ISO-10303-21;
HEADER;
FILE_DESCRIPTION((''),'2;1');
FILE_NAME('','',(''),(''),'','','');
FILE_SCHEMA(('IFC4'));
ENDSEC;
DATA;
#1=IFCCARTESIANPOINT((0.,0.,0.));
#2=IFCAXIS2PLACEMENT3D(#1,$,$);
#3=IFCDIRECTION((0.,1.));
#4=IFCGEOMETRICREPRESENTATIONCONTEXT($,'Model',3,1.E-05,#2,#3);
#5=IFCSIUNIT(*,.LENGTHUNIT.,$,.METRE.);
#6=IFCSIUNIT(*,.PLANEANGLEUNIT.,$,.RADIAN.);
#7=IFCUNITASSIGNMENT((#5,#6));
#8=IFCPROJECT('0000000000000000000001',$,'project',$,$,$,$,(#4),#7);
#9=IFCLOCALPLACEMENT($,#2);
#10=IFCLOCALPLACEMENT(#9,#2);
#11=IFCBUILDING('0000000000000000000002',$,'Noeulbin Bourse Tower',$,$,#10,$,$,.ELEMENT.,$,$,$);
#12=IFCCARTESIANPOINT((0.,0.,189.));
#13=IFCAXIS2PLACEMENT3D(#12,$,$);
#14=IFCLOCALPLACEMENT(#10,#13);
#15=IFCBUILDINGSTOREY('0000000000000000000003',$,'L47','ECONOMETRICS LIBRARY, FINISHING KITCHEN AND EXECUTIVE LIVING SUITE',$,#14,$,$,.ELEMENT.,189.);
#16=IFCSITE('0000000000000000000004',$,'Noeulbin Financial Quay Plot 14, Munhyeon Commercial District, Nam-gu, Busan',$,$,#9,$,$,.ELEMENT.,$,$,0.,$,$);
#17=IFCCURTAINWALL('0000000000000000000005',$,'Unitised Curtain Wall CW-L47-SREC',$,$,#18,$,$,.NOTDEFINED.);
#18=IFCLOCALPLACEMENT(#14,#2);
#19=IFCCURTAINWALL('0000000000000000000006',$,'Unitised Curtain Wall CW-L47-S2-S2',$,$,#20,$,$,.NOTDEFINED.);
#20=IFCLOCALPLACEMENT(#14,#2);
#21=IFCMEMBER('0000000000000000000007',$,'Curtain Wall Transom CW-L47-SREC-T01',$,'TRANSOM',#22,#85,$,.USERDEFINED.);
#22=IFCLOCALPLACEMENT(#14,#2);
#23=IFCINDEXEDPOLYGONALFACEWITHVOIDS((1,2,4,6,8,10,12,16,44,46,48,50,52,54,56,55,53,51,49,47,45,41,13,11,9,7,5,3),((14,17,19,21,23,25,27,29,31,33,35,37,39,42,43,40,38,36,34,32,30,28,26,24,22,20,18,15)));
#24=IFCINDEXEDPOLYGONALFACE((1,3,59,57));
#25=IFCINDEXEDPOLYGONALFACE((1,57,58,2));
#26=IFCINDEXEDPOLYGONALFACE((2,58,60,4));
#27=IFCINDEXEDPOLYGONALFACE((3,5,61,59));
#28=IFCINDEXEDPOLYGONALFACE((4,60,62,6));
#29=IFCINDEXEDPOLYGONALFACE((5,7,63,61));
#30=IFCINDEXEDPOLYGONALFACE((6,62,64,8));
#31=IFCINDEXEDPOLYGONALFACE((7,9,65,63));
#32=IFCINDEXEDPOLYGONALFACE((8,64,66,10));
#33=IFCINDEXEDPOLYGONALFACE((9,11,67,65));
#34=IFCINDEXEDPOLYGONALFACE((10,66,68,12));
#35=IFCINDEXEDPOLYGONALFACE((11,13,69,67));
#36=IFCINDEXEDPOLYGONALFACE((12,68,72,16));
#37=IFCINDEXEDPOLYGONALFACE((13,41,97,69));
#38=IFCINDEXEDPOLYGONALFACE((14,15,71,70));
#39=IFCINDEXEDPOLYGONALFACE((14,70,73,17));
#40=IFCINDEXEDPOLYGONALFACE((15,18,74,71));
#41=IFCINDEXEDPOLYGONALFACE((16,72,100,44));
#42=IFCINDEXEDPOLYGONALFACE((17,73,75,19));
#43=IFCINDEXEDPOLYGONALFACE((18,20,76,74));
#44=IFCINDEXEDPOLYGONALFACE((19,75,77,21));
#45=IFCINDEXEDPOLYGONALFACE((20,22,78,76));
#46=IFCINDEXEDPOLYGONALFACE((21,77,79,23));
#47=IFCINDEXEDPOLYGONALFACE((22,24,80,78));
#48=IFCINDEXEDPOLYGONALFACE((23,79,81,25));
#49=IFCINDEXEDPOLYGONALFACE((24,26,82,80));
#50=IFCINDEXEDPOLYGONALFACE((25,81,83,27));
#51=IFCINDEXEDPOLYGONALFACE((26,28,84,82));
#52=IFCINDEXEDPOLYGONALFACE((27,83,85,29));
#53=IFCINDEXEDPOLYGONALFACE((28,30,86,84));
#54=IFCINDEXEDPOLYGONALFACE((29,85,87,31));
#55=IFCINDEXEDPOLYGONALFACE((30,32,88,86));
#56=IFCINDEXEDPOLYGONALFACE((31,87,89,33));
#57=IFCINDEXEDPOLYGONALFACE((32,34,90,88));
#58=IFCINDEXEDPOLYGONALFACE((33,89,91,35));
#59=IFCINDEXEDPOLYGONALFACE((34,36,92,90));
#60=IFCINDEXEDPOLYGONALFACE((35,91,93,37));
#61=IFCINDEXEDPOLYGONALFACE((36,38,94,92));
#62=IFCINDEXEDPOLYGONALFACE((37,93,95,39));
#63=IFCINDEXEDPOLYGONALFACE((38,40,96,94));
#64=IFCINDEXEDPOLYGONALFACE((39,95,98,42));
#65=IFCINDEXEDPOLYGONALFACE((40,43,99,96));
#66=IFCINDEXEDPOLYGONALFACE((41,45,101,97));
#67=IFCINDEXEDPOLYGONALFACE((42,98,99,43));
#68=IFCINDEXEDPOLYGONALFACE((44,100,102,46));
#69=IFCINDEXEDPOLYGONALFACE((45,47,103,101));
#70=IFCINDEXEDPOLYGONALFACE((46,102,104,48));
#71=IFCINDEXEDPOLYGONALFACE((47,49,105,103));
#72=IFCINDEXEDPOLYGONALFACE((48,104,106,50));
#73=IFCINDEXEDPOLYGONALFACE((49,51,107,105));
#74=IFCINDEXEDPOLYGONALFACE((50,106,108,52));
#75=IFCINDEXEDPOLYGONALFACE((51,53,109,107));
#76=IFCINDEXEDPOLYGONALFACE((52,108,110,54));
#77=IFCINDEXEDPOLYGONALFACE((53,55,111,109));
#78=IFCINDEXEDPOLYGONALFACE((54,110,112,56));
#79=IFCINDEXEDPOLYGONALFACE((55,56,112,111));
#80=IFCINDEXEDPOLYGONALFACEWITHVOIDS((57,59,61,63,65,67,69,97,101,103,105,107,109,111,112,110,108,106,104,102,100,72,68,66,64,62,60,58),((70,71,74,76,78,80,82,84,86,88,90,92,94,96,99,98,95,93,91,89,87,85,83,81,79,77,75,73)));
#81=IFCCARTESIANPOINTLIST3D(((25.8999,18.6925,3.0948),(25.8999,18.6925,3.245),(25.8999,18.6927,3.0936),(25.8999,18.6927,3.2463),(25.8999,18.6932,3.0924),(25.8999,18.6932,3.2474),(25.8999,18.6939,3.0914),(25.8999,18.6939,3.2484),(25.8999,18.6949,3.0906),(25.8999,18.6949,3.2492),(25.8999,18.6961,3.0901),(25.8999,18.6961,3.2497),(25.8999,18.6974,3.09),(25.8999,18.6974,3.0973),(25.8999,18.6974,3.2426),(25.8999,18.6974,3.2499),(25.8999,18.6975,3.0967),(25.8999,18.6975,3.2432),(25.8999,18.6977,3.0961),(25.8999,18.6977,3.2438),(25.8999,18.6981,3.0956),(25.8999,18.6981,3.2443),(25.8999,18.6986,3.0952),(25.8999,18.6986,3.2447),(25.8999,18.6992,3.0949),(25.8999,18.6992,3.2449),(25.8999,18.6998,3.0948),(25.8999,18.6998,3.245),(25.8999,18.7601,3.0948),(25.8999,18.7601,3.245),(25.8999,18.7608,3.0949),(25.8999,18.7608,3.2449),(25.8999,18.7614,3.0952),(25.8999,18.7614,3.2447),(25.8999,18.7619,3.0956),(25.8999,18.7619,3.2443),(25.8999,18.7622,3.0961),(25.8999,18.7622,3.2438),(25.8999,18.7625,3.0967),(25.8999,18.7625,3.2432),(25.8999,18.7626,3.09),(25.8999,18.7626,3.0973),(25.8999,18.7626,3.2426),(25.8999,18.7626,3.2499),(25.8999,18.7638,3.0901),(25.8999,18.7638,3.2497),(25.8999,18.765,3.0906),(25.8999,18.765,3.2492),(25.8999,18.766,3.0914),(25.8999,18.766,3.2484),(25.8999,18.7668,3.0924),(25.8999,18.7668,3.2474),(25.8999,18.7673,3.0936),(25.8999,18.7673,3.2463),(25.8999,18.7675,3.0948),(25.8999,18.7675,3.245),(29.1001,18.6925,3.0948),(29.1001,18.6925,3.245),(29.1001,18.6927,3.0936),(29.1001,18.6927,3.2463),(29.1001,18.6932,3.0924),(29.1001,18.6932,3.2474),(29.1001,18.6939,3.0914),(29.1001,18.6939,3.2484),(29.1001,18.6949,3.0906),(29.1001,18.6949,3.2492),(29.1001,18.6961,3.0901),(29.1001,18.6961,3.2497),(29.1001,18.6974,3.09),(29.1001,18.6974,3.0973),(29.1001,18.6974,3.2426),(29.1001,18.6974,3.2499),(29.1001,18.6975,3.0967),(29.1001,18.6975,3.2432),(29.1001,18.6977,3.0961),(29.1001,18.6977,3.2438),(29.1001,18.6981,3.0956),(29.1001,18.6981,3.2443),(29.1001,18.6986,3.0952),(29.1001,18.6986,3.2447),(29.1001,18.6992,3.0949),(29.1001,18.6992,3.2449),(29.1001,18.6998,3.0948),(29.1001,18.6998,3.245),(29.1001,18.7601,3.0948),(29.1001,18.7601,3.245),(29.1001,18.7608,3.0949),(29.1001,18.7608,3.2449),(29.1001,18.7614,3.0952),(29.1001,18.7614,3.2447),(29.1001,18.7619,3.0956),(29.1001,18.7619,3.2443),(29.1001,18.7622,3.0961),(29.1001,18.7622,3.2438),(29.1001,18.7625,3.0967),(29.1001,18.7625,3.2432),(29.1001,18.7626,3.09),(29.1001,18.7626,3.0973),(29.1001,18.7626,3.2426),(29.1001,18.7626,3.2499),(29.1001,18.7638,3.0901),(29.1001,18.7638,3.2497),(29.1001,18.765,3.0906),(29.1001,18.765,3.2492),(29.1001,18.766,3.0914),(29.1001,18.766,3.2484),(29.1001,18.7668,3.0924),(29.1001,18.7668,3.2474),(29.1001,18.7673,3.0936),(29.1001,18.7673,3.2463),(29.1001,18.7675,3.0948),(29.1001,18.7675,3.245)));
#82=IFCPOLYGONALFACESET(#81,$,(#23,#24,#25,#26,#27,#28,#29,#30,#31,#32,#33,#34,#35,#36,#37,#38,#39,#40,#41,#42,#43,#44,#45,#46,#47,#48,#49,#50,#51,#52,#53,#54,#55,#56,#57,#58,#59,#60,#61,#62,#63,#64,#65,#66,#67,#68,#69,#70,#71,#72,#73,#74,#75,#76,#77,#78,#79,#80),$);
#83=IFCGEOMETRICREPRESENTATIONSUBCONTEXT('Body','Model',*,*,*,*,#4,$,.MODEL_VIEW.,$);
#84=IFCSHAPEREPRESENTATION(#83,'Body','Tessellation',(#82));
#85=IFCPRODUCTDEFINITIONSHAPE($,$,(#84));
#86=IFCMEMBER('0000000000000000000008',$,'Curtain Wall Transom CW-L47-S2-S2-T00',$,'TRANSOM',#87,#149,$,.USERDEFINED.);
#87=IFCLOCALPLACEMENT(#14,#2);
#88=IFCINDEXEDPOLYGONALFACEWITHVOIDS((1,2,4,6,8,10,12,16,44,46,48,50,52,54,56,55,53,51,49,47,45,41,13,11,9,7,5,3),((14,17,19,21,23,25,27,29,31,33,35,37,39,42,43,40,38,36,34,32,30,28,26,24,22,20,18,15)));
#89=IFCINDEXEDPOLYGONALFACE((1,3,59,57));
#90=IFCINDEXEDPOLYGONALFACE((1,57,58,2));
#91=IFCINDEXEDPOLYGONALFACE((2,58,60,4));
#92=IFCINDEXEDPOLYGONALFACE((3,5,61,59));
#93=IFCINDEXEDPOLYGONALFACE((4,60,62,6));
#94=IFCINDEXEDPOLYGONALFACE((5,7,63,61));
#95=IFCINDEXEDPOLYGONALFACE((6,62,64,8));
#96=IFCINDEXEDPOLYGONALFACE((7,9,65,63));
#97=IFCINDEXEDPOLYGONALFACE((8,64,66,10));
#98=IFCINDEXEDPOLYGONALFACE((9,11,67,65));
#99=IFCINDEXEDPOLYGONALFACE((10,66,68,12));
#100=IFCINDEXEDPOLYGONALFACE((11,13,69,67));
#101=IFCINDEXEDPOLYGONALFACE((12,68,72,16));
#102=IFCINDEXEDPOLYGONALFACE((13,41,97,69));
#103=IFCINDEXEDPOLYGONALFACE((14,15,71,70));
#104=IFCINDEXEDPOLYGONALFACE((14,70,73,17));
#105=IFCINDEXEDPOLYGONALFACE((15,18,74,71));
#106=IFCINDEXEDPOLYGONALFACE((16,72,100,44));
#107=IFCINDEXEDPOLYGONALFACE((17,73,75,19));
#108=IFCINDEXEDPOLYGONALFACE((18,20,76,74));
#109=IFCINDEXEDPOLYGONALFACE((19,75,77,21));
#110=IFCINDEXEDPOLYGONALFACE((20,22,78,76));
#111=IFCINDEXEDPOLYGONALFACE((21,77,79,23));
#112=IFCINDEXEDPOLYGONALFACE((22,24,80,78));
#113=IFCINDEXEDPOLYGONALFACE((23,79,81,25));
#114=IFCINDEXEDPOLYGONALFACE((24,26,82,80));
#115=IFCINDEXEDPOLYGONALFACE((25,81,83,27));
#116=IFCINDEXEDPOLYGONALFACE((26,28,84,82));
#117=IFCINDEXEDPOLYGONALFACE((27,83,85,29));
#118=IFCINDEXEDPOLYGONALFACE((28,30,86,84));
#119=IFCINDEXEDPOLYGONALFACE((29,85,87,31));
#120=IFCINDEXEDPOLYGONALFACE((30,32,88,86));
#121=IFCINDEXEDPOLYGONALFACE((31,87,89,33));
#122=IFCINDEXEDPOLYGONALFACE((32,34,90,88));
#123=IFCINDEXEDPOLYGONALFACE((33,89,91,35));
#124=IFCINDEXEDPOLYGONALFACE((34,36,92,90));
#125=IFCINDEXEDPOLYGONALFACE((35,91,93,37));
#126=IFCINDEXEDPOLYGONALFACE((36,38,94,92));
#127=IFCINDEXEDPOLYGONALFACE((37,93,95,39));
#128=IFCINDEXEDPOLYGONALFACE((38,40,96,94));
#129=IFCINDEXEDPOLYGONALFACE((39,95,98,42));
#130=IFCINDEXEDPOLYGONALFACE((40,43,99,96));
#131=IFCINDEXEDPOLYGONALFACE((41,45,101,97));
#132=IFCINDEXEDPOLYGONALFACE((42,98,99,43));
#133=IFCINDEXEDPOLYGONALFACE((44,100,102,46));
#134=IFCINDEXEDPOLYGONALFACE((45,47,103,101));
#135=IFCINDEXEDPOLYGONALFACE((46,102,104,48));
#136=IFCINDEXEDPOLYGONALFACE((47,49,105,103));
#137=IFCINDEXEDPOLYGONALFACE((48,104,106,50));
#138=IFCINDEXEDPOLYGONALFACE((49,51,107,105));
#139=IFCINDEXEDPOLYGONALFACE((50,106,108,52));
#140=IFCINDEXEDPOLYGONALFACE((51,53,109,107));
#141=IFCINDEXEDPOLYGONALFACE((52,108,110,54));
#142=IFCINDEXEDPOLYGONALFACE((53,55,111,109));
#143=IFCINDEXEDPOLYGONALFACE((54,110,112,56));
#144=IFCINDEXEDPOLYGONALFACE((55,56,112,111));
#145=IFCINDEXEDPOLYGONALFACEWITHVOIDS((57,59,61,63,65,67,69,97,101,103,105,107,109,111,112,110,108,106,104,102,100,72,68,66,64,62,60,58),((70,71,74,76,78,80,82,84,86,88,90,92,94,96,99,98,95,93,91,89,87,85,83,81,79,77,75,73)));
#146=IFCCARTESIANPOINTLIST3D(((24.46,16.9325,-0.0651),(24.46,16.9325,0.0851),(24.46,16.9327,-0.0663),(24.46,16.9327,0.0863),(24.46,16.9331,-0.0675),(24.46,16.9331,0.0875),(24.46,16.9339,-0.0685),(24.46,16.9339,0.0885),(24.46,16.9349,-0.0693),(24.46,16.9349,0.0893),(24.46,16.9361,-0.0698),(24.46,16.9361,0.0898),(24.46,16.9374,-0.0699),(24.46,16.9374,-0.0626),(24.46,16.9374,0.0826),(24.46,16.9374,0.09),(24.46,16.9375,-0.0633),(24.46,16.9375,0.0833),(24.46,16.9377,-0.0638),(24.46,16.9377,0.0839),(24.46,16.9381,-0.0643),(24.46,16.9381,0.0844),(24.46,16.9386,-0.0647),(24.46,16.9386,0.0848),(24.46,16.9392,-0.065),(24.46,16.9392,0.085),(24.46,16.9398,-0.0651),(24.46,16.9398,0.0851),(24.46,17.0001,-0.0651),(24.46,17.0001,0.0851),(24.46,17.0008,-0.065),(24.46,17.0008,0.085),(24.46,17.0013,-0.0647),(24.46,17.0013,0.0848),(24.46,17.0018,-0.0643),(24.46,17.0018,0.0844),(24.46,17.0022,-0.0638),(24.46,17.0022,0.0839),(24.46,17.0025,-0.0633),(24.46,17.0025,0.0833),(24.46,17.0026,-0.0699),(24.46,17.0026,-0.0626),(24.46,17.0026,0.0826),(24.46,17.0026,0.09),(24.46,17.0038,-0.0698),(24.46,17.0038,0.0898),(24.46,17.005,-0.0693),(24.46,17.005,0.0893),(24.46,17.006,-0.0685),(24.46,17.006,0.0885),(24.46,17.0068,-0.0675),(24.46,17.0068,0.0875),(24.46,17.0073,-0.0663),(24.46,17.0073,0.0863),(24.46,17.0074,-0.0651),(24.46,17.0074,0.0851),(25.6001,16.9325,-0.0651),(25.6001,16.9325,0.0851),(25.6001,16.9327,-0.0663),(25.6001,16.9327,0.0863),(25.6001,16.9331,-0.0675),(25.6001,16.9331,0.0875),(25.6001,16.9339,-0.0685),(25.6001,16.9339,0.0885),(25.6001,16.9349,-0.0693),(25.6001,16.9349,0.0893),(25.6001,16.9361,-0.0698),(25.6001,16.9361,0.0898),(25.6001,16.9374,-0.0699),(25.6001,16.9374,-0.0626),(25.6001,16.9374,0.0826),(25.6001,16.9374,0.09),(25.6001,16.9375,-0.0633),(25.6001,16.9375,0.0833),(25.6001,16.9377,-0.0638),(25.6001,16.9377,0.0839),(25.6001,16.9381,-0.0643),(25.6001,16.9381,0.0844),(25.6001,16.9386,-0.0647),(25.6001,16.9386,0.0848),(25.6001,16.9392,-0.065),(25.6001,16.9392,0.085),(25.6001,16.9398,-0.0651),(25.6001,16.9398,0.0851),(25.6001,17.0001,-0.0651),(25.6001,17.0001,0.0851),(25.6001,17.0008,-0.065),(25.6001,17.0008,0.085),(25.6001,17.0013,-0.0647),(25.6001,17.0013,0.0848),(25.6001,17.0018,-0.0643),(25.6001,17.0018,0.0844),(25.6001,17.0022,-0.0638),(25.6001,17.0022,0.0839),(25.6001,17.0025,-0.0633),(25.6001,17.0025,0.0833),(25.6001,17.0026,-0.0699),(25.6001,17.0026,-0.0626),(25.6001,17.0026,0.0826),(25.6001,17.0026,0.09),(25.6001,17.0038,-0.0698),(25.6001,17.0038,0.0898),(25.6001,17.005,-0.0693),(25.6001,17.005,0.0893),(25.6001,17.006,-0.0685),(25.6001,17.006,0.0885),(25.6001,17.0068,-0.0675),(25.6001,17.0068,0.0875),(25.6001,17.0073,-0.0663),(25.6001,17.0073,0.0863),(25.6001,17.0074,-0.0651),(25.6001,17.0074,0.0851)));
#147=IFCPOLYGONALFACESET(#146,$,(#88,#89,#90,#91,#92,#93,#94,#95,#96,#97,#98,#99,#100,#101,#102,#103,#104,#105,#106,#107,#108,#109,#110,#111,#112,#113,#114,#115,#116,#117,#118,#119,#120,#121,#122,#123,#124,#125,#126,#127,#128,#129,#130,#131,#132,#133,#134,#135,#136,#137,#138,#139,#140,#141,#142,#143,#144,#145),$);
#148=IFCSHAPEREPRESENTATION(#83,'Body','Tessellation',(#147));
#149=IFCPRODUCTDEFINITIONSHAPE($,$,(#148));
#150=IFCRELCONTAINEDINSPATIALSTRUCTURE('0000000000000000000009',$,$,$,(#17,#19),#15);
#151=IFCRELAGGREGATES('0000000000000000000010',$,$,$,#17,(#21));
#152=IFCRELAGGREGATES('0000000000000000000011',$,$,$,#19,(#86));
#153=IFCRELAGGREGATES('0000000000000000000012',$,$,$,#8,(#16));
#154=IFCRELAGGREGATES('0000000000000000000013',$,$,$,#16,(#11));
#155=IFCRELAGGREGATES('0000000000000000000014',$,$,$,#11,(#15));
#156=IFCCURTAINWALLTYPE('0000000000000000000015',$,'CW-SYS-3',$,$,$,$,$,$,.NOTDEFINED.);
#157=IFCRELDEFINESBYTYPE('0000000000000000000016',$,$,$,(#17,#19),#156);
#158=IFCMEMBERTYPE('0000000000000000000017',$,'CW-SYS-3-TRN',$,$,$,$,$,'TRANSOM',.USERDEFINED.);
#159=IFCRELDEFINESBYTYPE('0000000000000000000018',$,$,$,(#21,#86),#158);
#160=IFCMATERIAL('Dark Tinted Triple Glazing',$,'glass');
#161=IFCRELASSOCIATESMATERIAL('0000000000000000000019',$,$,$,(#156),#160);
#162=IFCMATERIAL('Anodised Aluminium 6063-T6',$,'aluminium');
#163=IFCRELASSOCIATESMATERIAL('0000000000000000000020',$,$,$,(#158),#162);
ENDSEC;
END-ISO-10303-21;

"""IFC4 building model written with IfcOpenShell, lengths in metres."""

from ifc_helpers import new_model, si_unit, direction, frame, origin, origin_2d, place, context, subcontext, project, spatial, hollow_rectangle, extrude, material, material_profile, profile_set, type_object, element, aggregate, save


model = new_model("IFC4")

# Units and contexts
model_context = context("Model", 3, precision=1e-05, world=origin(), true_north=direction((0.0, 1.0)))
body_context = subcontext(model_context, "Body", "Model", "MODEL_VIEW")
ifc_project = project(units=[si_unit("LENGTHUNIT", "METRE"), si_unit("PLANEANGLEUNIT", "RADIAN")], contexts=[model_context])

# Site, building, storey
site_placement = place(None, origin())
site = spatial("IfcSite", under=ifc_project, at=site_placement, Name="Noeulbin Financial Quay Plot 14, Munhyeon Commercial District, Nam-gu, Busan", CompositionType="ELEMENT", RefElevation=0.0)
building_placement = place(site_placement, origin())
building = spatial("IfcBuilding", under=site, at=building_placement, Name="Noeulbin Bourse Tower", CompositionType="ELEMENT")
storey_placement = place(building_placement, frame((0.0, 0.0, 189.0)))
storey = spatial("IfcBuildingStorey", under=building, at=storey_placement, Name="L47", Description="ECONOMETRICS LIBRARY, FINISHING KITCHEN AND EXECUTIVE LIVING SUITE", CompositionType="ELEMENT", Elevation=189.0)

# Curtain walls
ifc_material_1 = material(Name="Dark Tinted Triple Glazing", Category="glass")
curtain_wall_type = type_object("IfcCurtainWallType", Name="CW-SYS-3", PredefinedType="NOTDEFINED", material=ifc_material_1)
curtain_wall_1_placement = place(storey_placement, origin())
curtain_wall_1 = element("IfcCurtainWall", 1, at=curtain_wall_1_placement, inside=storey, type_object=curtain_wall_type, Name="Unitised Curtain Wall CW-L47-SREC", PredefinedType="NOTDEFINED")
ifc_material_2 = material(Name="Anodised Aluminium 6063-T6", Category="aluminium")
curtain_wall_2_placement = place(storey_placement, origin())
curtain_wall_2 = element("IfcCurtainWall", 2, at=curtain_wall_2_placement, inside=storey, type_object=curtain_wall_type, Name="Unitised Curtain Wall CW-L47-S2-S2", PredefinedType="NOTDEFINED")

# Members
ifc_material_profile_1 = material_profile(ifc_material_2, hollow_rectangle(XDim=0.075, YDim=0.1599, WallThickness=0.0049, InnerFilletRadius=0.0024, OuterFilletRadius=0.0049, at=origin_2d()), Name="ALU-TRAN-75x160x5", Category="LoadBearing")
ifc_profile_set_1 = profile_set([ifc_material_profile_1], Name="Anodised Aluminium 6063-T6")
member_type_1 = type_object("IfcMemberType", Name="CW-SYS-3-TRN", ElementType="TRANSOM", PredefinedType="USERDEFINED", material=ifc_profile_set_1)
member_1_placement = place(storey_placement, frame((25.8999, 18.73, 3.1699), z_axis=(1.0, 0.0, 0.0), x_axis=(0.0, 1.0, 0.0)))
member_1 = element("IfcMember", 3, at=member_1_placement, type_object=member_type_1, Name="Curtain Wall Transom CW-L47-SREC-T01", ObjectType="TRANSOM", PredefinedType="USERDEFINED", context=body_context, shape_type="SweptSolid", body=[
    extrude(hollow_rectangle(XDim=0.075, YDim=0.1599, WallThickness=0.0049, InnerFilletRadius=0.0024, OuterFilletRadius=0.0049, at=origin_2d()), origin(), (0.0, 0.0, 1.0), 3.2002),
])
member_2_placement = place(storey_placement, frame((24.46, 16.97, 0.01), z_axis=(1.0, 0.0, 0.0), x_axis=(0.0, 1.0, 0.0)))
member_2 = element("IfcMember", 4, at=member_2_placement, type_object=member_type_1, Name="Curtain Wall Transom CW-L47-S2-S2-T00", ObjectType="TRANSOM", PredefinedType="USERDEFINED", context=body_context, shape_type="SweptSolid", body=[
    extrude(hollow_rectangle(XDim=0.075, YDim=0.1599, WallThickness=0.0049, InnerFilletRadius=0.0024, OuterFilletRadius=0.0049, at=origin_2d()), origin(), (0.0, 0.0, 1.0), 1.1401),
])

aggregate(curtain_wall_1, [member_1])
aggregate(curtain_wall_2, [member_2])

save(model, "model.ifc")
